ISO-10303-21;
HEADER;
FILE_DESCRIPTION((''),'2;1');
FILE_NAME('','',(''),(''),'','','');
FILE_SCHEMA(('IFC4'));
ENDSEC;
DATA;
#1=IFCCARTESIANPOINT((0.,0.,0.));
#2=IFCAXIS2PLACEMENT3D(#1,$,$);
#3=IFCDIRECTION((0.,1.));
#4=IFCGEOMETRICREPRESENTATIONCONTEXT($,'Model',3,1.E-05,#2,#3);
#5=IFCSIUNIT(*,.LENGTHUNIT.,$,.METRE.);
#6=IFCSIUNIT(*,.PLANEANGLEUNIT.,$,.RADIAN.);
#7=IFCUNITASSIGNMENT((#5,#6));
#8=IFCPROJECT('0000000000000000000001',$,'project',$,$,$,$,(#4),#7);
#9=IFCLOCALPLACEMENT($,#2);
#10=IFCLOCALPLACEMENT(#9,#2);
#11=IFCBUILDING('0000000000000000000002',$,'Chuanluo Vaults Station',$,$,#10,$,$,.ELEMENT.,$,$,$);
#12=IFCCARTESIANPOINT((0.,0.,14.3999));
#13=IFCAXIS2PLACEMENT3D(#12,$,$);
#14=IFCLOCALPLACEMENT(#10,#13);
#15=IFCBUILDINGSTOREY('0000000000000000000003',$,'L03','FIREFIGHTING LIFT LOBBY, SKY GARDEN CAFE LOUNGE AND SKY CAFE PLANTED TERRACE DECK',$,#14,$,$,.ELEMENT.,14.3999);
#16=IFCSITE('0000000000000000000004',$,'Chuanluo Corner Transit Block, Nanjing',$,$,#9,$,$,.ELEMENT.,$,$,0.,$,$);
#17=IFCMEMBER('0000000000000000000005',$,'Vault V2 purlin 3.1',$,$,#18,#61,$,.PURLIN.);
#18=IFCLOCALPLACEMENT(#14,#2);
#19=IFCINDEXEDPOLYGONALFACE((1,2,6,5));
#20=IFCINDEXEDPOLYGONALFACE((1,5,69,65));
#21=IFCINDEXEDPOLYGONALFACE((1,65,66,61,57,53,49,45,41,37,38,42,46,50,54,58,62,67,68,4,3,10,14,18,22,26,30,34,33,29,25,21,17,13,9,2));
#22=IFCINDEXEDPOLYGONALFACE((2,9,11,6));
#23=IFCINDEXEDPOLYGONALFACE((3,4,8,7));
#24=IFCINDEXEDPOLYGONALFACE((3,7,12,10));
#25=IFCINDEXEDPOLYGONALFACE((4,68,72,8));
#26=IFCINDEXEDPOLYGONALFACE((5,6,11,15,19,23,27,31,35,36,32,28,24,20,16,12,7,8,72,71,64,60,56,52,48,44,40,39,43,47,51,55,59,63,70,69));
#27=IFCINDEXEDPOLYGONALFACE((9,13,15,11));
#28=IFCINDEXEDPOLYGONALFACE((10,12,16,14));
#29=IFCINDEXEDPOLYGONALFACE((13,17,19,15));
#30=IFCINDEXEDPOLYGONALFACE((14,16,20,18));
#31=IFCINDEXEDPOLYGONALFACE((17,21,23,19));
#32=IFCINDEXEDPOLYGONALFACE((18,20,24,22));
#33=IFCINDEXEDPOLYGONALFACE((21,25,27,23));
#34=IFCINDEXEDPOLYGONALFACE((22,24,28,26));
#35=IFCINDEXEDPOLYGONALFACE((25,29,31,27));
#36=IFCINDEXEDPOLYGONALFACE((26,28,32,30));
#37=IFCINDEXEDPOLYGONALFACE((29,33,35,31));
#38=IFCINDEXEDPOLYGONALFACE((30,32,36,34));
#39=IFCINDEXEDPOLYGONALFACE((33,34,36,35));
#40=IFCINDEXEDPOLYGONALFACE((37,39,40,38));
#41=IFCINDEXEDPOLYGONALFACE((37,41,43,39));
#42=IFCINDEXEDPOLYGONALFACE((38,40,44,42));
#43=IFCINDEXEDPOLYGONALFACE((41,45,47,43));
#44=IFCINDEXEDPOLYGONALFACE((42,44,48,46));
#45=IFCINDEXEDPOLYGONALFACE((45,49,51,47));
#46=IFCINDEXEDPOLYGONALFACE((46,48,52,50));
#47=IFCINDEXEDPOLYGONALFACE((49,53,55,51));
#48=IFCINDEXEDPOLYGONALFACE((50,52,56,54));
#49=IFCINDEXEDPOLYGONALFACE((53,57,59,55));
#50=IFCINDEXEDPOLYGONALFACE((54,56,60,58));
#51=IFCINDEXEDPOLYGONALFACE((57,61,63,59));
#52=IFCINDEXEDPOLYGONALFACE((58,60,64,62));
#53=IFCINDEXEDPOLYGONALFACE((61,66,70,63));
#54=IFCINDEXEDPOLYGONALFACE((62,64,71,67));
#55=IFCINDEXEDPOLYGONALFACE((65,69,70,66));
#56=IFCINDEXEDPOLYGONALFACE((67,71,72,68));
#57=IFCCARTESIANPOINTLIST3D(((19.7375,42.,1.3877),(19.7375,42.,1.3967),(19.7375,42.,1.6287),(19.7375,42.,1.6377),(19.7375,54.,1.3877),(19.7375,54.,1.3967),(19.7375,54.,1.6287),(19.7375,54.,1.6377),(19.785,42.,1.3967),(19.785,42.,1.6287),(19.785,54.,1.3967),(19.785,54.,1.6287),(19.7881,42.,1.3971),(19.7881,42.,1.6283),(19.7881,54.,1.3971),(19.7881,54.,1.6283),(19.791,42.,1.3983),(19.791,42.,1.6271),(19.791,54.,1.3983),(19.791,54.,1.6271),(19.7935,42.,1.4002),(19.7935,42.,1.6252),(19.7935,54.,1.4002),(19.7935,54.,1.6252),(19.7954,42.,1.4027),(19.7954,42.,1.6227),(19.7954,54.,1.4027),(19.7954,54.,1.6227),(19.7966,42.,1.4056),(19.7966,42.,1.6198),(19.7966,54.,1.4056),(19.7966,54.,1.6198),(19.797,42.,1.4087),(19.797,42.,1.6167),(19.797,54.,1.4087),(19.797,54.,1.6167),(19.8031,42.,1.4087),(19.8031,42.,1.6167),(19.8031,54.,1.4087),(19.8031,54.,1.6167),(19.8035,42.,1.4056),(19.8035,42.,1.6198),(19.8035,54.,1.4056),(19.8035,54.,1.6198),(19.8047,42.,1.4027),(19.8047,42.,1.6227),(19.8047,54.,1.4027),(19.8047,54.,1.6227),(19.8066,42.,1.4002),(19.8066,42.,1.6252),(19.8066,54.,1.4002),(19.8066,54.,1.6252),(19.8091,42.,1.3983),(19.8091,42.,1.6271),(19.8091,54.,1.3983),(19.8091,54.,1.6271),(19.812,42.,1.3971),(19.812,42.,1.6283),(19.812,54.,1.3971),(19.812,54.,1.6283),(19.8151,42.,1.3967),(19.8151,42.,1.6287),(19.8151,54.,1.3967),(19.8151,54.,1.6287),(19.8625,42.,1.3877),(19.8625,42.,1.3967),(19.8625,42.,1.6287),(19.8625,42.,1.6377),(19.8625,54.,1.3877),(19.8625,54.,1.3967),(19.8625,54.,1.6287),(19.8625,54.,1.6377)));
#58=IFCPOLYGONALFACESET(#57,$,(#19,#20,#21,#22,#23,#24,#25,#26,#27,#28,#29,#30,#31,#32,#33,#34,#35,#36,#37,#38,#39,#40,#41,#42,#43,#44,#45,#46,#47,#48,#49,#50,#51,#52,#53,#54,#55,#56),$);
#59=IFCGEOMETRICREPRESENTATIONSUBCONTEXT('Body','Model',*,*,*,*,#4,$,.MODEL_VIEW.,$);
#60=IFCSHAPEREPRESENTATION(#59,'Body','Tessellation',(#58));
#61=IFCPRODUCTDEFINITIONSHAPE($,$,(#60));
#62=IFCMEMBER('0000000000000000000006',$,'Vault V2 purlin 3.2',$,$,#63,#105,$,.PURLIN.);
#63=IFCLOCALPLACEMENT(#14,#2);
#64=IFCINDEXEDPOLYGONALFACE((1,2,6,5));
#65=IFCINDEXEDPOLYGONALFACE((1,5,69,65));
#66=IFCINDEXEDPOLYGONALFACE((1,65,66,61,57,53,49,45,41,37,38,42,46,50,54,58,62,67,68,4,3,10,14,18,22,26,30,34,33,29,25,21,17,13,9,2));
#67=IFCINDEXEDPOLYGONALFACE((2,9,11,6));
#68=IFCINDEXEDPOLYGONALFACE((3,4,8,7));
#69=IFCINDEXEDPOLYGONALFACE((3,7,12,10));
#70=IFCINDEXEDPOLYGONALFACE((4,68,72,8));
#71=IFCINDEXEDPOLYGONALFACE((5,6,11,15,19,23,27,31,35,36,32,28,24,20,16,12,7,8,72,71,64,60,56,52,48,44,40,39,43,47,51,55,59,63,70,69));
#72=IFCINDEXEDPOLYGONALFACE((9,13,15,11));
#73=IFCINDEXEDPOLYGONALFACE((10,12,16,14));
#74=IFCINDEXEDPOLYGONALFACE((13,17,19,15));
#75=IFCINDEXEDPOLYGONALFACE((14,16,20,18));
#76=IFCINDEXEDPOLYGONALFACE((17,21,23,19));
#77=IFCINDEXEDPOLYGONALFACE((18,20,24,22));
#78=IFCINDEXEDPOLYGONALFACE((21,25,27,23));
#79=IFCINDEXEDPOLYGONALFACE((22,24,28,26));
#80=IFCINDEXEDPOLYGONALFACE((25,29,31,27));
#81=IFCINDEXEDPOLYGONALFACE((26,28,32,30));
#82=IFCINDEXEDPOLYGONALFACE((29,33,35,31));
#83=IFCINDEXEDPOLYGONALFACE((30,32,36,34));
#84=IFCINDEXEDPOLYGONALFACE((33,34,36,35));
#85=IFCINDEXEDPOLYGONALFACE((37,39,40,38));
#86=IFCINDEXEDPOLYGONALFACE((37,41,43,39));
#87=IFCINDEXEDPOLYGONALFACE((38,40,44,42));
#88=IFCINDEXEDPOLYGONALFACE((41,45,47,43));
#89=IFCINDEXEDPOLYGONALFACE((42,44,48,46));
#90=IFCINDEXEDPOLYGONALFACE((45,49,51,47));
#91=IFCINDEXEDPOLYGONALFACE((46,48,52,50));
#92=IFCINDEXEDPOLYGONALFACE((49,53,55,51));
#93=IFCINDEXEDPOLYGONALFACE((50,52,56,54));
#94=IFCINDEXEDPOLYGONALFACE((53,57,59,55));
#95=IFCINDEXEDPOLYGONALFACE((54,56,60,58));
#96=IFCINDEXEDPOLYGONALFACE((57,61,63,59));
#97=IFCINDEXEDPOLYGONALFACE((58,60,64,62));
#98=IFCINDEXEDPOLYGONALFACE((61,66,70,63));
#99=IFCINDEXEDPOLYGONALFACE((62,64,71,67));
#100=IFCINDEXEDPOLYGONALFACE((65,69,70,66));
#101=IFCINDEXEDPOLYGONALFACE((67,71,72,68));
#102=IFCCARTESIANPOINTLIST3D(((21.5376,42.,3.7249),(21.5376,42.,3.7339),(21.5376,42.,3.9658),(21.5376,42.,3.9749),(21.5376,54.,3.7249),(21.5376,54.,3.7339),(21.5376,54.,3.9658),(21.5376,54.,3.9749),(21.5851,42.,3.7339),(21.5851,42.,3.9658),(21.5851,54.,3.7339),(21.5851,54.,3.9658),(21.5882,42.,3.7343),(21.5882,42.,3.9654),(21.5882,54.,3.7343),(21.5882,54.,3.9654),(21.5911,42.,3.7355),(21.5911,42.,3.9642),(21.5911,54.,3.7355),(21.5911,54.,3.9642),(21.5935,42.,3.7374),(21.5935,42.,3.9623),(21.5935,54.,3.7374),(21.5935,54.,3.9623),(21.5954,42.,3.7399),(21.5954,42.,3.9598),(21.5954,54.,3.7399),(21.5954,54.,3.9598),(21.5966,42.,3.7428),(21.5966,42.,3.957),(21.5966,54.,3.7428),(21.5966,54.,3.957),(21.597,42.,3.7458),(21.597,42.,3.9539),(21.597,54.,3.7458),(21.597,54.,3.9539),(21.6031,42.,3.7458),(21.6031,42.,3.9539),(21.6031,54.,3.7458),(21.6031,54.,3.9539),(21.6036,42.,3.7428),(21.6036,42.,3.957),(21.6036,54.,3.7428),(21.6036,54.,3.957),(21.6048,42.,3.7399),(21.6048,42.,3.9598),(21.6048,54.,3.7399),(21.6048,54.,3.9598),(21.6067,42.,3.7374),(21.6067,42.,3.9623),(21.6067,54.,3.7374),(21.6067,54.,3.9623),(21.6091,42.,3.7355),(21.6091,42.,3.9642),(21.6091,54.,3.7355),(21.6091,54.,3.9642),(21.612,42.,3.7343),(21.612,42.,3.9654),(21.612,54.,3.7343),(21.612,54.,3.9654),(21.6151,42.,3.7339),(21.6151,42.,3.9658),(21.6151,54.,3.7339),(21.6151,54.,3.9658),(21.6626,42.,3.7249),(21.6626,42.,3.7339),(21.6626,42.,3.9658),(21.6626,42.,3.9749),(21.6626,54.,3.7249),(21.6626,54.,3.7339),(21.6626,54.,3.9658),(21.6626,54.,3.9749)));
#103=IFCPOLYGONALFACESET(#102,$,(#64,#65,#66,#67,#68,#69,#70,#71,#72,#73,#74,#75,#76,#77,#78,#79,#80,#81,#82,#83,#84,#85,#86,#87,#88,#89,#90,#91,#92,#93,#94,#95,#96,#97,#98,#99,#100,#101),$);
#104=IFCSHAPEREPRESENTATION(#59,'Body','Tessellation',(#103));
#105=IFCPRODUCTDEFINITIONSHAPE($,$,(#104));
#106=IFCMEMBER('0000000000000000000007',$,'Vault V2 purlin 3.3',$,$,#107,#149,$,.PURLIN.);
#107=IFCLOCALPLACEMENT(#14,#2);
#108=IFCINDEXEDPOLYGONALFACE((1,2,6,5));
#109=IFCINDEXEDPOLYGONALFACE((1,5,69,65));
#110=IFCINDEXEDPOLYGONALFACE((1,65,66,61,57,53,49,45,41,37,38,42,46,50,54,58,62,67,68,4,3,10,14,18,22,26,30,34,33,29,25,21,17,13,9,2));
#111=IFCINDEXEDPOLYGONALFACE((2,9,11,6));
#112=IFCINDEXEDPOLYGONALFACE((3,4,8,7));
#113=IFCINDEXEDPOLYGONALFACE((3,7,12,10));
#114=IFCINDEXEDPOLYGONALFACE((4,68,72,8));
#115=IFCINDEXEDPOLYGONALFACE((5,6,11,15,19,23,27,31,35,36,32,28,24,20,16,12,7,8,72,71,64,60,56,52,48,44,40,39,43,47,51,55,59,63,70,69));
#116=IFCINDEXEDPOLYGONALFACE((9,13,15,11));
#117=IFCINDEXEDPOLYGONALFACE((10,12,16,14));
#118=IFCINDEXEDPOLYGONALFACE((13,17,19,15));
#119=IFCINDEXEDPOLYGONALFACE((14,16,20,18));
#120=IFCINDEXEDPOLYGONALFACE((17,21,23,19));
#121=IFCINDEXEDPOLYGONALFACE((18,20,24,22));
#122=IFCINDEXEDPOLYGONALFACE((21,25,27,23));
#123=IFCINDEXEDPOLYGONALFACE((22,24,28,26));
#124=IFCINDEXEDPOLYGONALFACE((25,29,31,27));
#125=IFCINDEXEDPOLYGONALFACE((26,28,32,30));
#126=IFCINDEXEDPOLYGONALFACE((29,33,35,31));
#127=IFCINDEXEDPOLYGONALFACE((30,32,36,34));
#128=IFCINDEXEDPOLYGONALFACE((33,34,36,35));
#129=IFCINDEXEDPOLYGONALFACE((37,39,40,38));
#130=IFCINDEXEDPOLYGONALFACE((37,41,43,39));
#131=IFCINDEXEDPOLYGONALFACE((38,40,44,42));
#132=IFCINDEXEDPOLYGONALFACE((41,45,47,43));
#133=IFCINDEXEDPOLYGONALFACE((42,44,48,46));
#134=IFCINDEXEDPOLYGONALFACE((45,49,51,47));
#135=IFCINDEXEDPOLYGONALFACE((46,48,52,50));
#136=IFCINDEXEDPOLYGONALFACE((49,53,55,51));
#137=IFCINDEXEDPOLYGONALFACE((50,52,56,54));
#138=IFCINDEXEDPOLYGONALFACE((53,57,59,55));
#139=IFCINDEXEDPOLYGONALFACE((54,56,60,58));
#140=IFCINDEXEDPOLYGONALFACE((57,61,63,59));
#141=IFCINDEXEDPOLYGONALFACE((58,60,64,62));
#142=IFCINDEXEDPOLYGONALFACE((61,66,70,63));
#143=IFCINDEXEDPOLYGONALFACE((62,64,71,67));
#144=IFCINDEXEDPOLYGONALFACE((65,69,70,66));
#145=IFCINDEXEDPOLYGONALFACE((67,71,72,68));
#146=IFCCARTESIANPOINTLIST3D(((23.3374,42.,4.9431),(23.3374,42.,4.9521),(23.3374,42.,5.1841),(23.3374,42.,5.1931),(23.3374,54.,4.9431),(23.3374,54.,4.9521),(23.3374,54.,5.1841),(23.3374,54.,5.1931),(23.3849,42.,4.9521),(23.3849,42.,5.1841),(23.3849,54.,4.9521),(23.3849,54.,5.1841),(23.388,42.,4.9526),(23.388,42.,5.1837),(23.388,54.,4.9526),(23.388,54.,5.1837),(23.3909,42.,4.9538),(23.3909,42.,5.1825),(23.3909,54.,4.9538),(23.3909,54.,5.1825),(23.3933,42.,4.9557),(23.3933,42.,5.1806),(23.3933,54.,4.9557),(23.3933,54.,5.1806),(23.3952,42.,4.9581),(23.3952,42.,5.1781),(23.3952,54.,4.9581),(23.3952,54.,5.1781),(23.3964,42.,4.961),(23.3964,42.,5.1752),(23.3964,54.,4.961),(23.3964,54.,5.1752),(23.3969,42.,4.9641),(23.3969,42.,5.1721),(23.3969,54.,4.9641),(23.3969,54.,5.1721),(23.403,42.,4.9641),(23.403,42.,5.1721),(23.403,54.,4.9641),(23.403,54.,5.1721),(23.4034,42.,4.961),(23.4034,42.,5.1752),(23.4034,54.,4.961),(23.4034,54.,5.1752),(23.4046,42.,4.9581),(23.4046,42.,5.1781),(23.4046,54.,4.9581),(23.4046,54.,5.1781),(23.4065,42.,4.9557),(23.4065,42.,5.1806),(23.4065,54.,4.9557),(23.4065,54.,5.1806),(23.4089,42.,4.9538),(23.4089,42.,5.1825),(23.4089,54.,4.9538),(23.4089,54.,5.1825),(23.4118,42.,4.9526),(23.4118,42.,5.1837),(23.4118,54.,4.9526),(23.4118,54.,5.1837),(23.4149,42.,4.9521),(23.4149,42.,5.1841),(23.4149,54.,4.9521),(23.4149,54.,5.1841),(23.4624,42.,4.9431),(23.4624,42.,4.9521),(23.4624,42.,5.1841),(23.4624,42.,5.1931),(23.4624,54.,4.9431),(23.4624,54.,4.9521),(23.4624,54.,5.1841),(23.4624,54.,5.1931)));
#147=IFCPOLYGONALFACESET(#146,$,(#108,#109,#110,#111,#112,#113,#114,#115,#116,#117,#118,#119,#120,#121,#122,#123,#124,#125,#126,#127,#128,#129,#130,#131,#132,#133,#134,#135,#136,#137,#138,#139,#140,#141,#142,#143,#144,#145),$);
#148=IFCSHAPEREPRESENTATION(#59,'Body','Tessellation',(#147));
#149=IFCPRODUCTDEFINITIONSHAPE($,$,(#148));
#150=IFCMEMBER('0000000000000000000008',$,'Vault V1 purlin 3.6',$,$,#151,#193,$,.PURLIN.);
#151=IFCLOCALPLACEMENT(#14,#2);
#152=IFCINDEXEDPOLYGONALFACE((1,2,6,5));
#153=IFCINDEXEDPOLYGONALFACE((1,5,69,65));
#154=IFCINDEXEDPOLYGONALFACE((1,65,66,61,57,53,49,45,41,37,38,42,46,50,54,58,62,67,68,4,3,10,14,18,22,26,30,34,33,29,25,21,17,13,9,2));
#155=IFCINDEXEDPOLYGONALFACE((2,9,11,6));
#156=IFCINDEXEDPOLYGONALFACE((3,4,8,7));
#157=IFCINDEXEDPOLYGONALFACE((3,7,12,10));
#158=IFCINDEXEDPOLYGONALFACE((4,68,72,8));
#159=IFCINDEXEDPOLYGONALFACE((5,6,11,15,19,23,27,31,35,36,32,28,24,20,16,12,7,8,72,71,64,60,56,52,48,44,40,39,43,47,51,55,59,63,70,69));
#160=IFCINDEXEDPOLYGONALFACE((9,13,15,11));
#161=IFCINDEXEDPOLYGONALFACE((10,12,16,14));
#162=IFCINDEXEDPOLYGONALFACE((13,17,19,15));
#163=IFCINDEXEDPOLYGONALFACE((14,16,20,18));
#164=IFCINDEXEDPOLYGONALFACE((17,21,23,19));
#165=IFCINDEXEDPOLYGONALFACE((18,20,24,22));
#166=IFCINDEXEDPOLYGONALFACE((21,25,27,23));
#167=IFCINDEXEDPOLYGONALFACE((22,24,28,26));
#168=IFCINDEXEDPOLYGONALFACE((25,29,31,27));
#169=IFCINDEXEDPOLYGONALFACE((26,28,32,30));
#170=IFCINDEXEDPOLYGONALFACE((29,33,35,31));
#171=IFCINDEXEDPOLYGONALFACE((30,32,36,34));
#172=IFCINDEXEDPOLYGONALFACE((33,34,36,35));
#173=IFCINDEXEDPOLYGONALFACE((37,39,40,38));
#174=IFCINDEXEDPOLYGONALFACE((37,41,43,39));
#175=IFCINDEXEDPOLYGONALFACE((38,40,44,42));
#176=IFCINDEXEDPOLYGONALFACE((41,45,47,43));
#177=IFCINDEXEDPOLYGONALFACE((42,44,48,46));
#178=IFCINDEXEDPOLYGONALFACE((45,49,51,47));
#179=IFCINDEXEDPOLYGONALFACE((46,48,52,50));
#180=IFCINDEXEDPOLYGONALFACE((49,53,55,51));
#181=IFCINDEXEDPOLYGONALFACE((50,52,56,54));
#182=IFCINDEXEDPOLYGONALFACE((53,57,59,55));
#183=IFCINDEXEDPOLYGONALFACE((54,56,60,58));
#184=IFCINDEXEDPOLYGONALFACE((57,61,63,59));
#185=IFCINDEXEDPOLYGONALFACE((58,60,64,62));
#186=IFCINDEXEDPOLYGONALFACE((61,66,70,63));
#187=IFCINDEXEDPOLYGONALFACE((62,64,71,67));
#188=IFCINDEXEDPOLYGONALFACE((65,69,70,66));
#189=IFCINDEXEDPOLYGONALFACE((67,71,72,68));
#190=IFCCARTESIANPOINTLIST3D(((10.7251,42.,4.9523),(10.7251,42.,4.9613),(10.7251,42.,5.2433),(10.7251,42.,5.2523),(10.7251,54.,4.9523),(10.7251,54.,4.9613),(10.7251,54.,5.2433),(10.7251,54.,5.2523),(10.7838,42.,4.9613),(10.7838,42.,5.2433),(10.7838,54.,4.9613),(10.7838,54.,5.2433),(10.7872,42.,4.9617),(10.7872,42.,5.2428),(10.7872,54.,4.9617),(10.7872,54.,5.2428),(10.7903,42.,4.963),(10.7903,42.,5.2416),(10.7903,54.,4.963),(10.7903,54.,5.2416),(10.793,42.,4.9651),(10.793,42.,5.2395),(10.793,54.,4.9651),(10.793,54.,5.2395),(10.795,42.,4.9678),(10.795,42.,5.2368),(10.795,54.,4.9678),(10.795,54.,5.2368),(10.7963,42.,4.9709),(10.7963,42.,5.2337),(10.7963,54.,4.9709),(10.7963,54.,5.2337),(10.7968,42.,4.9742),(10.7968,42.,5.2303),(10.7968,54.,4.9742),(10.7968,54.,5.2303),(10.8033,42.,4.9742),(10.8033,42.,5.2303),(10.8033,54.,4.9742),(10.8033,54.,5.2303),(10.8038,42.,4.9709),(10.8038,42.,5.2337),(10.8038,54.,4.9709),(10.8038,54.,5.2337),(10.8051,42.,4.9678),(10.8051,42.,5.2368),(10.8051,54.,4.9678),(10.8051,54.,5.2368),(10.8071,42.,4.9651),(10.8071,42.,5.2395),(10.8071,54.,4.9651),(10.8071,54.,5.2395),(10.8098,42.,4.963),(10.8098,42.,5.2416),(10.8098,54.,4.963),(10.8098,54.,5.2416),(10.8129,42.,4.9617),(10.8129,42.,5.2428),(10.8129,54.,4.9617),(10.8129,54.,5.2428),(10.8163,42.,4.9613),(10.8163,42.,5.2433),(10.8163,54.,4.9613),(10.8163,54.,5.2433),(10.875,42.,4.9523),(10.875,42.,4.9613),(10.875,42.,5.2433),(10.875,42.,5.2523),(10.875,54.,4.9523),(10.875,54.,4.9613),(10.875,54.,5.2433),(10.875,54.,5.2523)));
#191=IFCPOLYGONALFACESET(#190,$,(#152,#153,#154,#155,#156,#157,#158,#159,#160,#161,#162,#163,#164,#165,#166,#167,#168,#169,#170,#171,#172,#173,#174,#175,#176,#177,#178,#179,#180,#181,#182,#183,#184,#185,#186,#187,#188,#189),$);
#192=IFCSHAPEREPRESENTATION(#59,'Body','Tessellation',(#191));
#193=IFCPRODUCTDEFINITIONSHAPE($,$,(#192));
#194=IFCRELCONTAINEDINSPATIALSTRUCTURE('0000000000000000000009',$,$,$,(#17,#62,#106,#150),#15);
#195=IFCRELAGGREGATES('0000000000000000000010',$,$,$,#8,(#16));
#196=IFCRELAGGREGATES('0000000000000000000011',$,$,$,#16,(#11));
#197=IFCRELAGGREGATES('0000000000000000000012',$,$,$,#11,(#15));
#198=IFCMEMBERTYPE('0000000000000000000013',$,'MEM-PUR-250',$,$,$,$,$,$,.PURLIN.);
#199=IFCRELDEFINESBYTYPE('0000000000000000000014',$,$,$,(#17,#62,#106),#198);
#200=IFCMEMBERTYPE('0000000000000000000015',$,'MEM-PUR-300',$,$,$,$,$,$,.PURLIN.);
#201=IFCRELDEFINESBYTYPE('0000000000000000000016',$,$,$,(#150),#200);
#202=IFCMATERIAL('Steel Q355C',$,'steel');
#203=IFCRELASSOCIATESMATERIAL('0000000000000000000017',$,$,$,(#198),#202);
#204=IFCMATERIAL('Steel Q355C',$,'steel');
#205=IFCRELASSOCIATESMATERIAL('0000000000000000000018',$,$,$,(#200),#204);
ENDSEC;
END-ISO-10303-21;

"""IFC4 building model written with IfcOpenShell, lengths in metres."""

from ifc_helpers import new_model, si_unit, direction, frame, origin, origin_2d, place, context, subcontext, project, spatial, i_section, extrude, material, material_profile, profile_set, type_object, element, save


model = new_model("IFC4")

# Units and contexts
model_context = context("Model", 3, precision=1e-05, world=origin(), true_north=direction((0.0, 1.0)))
body_context = subcontext(model_context, "Body", "Model", "MODEL_VIEW")
ifc_project = project(units=[si_unit("LENGTHUNIT", "METRE"), si_unit("PLANEANGLEUNIT", "RADIAN")], contexts=[model_context])

# Site, building, storey
site_placement = place(None, origin())
site = spatial("IfcSite", under=ifc_project, at=site_placement, Name="Chuanluo Corner Transit Block, Nanjing", CompositionType="ELEMENT", RefElevation=0.0)
building_placement = place(site_placement, origin())
building = spatial("IfcBuilding", under=site, at=building_placement, Name="Chuanluo Vaults Station", CompositionType="ELEMENT")
storey_placement = place(building_placement, frame((0.0, 0.0, 14.3999)))
storey = spatial("IfcBuildingStorey", under=building, at=storey_placement, Name="L03", Description="FIREFIGHTING LIFT LOBBY, SKY GARDEN CAFE LOUNGE AND SKY CAFE PLANTED TERRACE DECK", CompositionType="ELEMENT", Elevation=14.3999)

# Members
ifc_material_1 = material(Name="Steel Q355C", Category="steel")
ifc_material_profile_1 = material_profile(ifc_material_1, i_section(OverallWidth=0.125, OverallDepth=0.25, WebThickness=0.0061, FlangeThickness=0.009, FilletRadius=0.012, at=origin_2d()))
ifc_profile_set_1 = profile_set([ifc_material_profile_1], Name="Steel Q355C")
member_type_1 = type_object("IfcMemberType", Name="MEM-PUR-250", PredefinedType="PURLIN", material=ifc_profile_set_1)
for number, where, z_axis, x_axis, name in (
    (1, (19.8, 42.0, 1.5127), (0.0, 1.0, 0.0), (-1.0, 0.0, 0.0), "Vault V2 purlin 3.1"),
    (2, (21.6001, 42.0, 3.8499), (0.0, 1.0, 0.0), (-1.0, 0.0, 0.0), "Vault V2 purlin 3.2"),
    (3, (23.3999, 42.0, 5.0681), (0.0, 1.0, 0.0), (-1.0, 0.0, 0.0), "Vault V2 purlin 3.3"),
):
    element("IfcMember", number, at=place(storey_placement, frame(where, z_axis=z_axis, x_axis=x_axis)), inside=storey, type_object=member_type_1, Name=name, PredefinedType="PURLIN", context=body_context, shape_type="SweptSolid", body=[
        extrude(i_section(OverallWidth=0.125, OverallDepth=0.25, WebThickness=0.0061, FlangeThickness=0.009, FilletRadius=0.012, at=origin_2d()), origin(), (0.0, 0.0, 1.0), 12.0),
    ])
ifc_material_2 = material(Name="Steel Q355C", Category="steel")
ifc_material_profile_2 = material_profile(ifc_material_2, i_section(OverallWidth=0.1499, OverallDepth=0.3, WebThickness=0.0066, FlangeThickness=0.009, FilletRadius=0.0129, at=origin_2d()))
ifc_profile_set_2 = profile_set([ifc_material_profile_2], Name="Steel Q355C")
member_type_2 = type_object("IfcMemberType", Name="MEM-PUR-300", PredefinedType="PURLIN", material=ifc_profile_set_2)
member_1_placement = place(storey_placement, frame((10.8, 42.0, 5.1023), z_axis=(0.0, 1.0, 0.0), x_axis=(-1.0, 0.0, 0.0)))
element("IfcMember", 4, at=member_1_placement, inside=storey, type_object=member_type_2, Name="Vault V1 purlin 3.6", PredefinedType="PURLIN", context=body_context, shape_type="SweptSolid", body=[
    extrude(i_section(OverallWidth=0.1499, OverallDepth=0.3, WebThickness=0.0066, FlangeThickness=0.009, FilletRadius=0.0129, at=origin_2d()), origin(), (0.0, 0.0, 1.0), 12.0),
])

save(model, "model.ifc")
